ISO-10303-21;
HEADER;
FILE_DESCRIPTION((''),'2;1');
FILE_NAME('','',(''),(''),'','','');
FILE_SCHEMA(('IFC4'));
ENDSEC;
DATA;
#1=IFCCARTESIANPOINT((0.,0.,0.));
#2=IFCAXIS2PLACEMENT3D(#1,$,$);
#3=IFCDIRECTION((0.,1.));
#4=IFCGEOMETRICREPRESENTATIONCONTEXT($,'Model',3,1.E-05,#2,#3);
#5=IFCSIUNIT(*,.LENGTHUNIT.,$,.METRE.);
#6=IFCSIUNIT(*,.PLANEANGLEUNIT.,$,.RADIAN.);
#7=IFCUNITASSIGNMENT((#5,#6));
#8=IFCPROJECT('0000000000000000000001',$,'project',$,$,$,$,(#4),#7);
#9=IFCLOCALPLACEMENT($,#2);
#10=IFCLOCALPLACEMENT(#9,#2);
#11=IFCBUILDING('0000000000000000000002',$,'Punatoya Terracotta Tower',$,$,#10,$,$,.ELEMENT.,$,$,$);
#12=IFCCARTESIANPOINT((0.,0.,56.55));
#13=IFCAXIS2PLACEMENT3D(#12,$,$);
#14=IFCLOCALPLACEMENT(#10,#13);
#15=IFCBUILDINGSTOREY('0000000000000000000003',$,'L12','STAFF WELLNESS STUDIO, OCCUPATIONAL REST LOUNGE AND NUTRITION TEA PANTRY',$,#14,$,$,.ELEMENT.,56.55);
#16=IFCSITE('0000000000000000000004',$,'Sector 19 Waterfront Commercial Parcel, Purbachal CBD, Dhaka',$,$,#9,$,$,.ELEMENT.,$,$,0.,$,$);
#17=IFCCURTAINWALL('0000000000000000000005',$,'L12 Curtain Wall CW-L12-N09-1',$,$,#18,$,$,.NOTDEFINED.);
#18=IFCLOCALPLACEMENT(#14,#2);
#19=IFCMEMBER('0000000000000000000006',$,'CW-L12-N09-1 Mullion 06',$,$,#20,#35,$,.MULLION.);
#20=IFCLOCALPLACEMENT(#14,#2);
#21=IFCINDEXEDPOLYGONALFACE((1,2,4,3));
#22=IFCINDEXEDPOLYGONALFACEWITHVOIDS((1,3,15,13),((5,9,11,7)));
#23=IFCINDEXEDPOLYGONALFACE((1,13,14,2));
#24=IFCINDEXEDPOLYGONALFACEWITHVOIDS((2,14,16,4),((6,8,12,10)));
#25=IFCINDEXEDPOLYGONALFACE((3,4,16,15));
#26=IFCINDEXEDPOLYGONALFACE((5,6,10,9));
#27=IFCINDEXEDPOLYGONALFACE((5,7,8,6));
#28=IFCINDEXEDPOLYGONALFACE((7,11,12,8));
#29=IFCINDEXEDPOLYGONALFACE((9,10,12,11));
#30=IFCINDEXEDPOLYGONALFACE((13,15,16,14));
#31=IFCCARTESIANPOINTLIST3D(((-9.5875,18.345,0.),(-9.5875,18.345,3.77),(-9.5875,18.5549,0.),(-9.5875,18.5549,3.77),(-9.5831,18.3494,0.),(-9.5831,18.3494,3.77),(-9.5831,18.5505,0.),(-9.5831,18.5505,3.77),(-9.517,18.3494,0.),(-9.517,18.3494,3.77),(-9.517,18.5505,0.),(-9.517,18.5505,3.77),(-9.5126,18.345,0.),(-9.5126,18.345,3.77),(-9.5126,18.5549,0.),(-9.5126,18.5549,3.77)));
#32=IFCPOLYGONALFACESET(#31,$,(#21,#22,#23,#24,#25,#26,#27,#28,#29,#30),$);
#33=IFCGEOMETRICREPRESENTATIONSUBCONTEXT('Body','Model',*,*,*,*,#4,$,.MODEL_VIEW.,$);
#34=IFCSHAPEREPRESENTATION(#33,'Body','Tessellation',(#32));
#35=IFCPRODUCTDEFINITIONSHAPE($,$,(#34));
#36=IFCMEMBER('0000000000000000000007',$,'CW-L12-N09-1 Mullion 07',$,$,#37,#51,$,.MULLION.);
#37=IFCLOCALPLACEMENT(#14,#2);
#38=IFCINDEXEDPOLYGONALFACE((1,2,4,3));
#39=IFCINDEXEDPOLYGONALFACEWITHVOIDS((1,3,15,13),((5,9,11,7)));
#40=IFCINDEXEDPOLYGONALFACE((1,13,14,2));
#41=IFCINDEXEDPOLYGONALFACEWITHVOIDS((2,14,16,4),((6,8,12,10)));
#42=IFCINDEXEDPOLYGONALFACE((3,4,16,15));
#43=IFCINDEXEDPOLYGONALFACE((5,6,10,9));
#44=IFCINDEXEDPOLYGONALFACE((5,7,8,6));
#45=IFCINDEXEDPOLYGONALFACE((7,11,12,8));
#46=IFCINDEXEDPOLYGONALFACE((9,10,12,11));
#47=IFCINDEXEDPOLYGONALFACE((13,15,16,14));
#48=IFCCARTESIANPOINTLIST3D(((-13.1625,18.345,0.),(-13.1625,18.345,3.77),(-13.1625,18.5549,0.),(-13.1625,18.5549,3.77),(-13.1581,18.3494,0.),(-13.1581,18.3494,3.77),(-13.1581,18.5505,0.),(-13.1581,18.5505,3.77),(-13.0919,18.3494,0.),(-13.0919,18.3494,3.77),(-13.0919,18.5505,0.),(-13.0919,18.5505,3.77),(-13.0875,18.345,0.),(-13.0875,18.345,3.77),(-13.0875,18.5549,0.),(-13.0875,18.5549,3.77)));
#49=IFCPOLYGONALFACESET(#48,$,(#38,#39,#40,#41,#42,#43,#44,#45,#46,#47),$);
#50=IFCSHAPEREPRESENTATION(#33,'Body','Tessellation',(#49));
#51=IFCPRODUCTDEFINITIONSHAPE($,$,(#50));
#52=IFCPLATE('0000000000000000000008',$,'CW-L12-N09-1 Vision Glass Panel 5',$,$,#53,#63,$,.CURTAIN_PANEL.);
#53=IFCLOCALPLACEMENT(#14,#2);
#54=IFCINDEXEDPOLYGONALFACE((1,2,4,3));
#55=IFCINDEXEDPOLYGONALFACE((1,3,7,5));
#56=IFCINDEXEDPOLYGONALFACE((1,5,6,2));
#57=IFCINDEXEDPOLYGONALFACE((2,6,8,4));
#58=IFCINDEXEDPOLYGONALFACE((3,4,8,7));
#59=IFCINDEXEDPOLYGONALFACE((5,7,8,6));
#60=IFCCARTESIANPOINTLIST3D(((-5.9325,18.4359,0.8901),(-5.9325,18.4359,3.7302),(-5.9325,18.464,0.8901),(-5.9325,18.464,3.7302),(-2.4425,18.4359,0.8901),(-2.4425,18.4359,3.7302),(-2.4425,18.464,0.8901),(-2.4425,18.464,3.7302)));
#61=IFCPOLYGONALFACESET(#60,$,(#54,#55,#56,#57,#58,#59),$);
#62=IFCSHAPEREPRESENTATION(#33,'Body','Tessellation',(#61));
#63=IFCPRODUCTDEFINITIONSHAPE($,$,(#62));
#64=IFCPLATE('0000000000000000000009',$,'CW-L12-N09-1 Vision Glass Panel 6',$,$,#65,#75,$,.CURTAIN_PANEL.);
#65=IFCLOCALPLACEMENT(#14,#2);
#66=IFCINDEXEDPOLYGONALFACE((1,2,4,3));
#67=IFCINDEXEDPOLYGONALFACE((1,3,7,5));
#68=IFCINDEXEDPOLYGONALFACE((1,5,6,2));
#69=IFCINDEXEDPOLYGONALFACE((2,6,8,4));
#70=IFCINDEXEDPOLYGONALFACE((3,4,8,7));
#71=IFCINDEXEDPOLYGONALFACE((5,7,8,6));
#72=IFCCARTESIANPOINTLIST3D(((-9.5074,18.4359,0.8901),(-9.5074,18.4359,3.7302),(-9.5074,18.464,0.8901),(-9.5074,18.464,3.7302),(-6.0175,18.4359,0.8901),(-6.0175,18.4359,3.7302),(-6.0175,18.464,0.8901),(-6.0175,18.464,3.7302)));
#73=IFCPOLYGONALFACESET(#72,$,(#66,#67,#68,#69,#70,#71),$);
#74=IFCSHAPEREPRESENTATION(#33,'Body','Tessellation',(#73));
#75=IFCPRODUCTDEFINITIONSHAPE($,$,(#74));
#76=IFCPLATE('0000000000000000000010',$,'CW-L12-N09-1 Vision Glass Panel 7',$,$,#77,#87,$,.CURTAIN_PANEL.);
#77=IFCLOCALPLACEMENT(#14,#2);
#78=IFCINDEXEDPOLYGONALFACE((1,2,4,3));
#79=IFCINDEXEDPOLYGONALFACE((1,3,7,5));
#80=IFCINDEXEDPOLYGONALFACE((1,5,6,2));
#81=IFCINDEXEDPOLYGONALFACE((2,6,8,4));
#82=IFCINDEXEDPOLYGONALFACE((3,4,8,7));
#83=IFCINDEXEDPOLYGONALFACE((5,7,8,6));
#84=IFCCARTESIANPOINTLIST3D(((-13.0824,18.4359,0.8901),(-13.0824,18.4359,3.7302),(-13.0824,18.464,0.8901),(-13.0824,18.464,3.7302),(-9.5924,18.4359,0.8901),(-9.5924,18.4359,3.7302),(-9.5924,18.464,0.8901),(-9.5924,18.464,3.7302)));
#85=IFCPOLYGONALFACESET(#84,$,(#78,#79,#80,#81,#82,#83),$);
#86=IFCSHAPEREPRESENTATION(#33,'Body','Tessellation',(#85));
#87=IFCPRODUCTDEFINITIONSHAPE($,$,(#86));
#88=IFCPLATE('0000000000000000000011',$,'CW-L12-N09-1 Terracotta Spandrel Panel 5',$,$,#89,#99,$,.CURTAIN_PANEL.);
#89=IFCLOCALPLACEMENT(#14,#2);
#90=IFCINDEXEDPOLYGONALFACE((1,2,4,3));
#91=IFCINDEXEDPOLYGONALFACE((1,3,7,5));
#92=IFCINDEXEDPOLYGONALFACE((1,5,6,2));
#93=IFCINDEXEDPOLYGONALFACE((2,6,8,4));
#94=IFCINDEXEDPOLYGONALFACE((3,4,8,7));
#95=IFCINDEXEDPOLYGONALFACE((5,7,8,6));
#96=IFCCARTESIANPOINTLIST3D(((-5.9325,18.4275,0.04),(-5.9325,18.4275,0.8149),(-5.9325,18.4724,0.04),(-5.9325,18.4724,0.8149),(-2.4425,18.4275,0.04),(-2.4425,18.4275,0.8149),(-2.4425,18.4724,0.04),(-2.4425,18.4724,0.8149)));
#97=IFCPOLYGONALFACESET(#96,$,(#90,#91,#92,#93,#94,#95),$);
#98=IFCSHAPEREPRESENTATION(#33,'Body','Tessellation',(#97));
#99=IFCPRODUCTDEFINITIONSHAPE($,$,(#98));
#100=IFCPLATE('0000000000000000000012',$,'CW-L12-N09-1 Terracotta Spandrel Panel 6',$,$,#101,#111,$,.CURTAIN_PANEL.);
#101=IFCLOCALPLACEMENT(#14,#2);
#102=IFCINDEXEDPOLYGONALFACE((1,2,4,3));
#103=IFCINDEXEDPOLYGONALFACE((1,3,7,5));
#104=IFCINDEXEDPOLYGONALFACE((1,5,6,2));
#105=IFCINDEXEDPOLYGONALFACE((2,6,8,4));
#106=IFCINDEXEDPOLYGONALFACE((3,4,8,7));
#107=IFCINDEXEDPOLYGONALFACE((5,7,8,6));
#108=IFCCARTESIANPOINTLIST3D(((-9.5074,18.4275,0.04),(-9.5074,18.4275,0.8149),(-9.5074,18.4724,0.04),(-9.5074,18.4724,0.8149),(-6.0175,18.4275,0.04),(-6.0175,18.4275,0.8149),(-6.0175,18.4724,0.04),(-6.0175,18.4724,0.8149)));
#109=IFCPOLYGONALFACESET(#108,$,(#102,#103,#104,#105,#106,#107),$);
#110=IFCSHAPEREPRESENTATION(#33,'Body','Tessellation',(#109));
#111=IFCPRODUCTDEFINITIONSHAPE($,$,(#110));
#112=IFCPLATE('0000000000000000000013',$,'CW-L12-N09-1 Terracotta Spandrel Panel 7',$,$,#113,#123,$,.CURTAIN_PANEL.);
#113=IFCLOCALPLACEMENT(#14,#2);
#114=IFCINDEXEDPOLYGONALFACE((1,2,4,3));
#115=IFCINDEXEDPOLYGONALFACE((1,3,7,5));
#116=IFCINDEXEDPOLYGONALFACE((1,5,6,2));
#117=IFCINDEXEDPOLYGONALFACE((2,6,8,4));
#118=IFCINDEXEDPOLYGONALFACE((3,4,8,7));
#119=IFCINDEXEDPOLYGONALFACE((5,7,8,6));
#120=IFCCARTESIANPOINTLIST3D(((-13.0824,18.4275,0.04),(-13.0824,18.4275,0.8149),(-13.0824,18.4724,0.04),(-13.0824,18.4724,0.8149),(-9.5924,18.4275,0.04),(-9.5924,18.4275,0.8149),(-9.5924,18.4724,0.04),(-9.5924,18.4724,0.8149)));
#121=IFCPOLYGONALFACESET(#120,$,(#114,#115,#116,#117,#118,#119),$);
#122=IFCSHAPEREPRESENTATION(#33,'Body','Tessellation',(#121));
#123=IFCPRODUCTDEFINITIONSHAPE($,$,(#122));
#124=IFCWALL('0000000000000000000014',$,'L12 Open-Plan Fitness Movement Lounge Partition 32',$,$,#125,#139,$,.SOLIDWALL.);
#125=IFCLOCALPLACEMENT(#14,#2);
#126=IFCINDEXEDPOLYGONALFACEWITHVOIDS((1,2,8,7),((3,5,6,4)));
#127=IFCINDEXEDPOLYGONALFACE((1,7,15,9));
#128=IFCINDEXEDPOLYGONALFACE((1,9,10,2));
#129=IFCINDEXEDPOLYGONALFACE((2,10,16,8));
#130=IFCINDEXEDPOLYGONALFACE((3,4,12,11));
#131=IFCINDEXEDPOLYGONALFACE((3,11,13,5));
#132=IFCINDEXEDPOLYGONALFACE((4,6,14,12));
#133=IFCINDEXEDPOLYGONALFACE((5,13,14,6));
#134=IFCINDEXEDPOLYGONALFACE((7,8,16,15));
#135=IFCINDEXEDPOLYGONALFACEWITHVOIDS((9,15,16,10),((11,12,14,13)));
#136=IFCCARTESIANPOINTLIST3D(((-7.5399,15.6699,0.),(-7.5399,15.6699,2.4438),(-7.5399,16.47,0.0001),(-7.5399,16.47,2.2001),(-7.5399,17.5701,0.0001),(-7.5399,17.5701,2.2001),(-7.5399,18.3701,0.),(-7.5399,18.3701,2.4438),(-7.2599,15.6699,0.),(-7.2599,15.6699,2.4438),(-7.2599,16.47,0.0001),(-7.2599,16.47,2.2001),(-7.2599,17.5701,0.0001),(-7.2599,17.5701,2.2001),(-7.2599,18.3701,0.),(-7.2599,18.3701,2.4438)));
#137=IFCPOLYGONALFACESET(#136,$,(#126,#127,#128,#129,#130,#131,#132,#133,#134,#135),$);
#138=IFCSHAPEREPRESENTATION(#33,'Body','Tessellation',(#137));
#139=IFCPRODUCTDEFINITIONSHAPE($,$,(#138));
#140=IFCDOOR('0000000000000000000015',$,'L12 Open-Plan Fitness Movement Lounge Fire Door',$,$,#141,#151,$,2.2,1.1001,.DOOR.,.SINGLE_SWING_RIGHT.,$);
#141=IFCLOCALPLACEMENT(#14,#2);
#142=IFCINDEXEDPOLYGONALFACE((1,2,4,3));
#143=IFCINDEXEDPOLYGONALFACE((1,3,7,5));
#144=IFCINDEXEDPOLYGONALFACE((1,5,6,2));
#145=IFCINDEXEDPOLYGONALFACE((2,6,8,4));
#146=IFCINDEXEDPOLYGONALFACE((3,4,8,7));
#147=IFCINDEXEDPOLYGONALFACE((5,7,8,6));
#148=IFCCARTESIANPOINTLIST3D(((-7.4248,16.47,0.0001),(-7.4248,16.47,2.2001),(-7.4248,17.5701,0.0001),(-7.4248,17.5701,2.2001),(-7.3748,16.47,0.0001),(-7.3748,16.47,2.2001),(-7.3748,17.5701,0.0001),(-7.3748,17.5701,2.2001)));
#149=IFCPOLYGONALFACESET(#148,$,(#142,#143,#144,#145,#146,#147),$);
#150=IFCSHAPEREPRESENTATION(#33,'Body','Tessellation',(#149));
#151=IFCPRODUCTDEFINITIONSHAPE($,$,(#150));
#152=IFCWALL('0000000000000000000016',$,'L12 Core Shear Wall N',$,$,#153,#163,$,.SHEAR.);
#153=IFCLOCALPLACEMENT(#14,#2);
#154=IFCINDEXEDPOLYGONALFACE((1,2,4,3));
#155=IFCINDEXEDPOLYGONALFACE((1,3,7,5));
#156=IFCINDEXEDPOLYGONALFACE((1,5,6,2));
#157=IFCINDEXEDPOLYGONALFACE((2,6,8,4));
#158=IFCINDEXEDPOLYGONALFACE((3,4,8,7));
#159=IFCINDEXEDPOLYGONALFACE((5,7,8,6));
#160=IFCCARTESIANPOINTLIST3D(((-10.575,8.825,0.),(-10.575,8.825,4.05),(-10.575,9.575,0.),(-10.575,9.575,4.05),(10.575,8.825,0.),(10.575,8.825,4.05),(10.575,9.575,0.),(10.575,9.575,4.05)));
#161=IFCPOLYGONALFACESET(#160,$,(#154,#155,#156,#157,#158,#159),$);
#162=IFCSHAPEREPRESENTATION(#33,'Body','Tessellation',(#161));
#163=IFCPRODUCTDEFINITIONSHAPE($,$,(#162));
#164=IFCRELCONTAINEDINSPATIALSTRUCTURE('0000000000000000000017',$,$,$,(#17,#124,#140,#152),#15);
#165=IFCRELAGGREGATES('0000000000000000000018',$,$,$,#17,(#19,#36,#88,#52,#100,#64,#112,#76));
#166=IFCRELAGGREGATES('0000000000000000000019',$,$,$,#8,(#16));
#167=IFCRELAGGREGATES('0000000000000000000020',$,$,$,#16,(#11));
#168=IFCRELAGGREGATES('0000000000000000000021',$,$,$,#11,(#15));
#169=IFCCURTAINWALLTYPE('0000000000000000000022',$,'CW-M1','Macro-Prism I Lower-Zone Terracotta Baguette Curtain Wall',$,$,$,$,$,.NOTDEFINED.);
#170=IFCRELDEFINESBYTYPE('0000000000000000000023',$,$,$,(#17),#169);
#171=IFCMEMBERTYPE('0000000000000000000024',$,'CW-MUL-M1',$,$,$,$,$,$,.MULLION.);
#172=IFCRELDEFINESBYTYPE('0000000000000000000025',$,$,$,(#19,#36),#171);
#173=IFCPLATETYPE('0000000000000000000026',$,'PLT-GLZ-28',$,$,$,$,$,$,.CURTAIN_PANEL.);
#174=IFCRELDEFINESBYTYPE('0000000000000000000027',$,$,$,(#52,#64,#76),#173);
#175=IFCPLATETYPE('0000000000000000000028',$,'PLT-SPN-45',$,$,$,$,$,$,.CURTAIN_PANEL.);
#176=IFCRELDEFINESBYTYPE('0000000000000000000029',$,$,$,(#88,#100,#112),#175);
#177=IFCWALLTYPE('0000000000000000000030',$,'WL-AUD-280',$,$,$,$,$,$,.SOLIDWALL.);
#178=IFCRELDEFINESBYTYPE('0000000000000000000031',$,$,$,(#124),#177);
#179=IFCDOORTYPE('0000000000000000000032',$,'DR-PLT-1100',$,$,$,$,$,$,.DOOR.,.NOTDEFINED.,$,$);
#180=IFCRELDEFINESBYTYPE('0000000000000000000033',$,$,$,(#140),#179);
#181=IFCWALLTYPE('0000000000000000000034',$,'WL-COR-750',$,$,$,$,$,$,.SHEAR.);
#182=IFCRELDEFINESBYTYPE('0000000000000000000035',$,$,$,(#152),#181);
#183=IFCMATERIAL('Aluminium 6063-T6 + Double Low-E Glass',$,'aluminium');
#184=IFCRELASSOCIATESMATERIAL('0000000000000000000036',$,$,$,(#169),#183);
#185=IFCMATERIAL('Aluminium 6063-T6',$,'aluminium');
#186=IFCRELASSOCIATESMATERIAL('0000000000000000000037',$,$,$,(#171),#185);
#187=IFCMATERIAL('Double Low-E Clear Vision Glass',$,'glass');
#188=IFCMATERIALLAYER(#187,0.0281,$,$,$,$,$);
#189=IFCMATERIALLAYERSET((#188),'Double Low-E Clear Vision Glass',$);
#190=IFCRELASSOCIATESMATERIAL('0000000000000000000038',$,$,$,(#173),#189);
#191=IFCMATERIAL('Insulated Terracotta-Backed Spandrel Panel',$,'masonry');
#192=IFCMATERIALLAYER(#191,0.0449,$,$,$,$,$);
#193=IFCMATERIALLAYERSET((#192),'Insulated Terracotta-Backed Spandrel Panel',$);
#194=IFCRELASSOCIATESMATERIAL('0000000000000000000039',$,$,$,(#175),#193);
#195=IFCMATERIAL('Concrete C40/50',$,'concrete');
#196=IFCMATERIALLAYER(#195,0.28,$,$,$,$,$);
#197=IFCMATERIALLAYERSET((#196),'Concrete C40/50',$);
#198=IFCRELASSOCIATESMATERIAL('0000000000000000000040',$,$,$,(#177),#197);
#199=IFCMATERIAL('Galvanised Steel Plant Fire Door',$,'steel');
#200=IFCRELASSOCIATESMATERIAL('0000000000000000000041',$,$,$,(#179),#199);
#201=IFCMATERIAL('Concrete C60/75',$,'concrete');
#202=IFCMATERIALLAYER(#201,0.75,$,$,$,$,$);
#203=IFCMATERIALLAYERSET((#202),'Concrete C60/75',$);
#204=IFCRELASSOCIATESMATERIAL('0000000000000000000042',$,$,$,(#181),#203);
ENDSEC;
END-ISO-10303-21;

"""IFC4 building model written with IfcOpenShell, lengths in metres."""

from ifc_helpers import new_model, si_unit, direction, frame, frame_2d, origin, origin_2d, place, context, subcontext, project, spatial, rectangle, hollow_rectangle, extrude, material, layer, layer_set, material_profile, profile_set, type_object, element, fill, aggregate, save


model = new_model("IFC4")

# Units and contexts
model_context = context("Model", 3, precision=1e-05, world=origin(), true_north=direction((0.0, 1.0)))
body_context = subcontext(model_context, "Body", "Model", "MODEL_VIEW")
ifc_project = project(units=[si_unit("LENGTHUNIT", "METRE"), si_unit("PLANEANGLEUNIT", "RADIAN")], contexts=[model_context])

# Site, building, storey
site_placement = place(None, origin())
site = spatial("IfcSite", under=ifc_project, at=site_placement, Name="Sector 19 Waterfront Commercial Parcel, Purbachal CBD, Dhaka", CompositionType="ELEMENT", RefElevation=0.0)
building_placement = place(site_placement, origin())
building = spatial("IfcBuilding", under=site, at=building_placement, Name="Punatoya Terracotta Tower", CompositionType="ELEMENT")
storey_placement = place(building_placement, frame((0.0, 0.0, 56.55)))
storey = spatial("IfcBuildingStorey", under=building, at=storey_placement, Name="L12", Description="STAFF WELLNESS STUDIO, OCCUPATIONAL REST LOUNGE AND NUTRITION TEA PANTRY", CompositionType="ELEMENT", Elevation=56.55)

# Curtain wall, members, plates
ifc_material_1 = material(Name="Aluminium 6063-T6 + Double Low-E Glass", Category="aluminium")
curtain_wall_type = type_object("IfcCurtainWallType", Name="CW-M1", Description="Macro-Prism I Lower-Zone Terracotta Baguette Curtain Wall", PredefinedType="NOTDEFINED", material=ifc_material_1)
curtain_wall_placement = place(storey_placement, origin())
curtain_wall = element("IfcCurtainWall", 1, at=curtain_wall_placement, inside=storey, type_object=curtain_wall_type, Name="L12 Curtain Wall CW-L12-N09-1", PredefinedType="NOTDEFINED")
ifc_material_2 = material(Name="Aluminium 6063-T6", Category="aluminium")
ifc_material_profile_1 = material_profile(ifc_material_2, hollow_rectangle(XDim=0.075, YDim=0.21, WallThickness=0.0044, at=origin_2d()))
ifc_profile_set_1 = profile_set([ifc_material_profile_1], Name="Aluminium 6063-T6")
member_type = type_object("IfcMemberType", Name="CW-MUL-M1", PredefinedType="MULLION", material=ifc_profile_set_1)
member_1_placement = place(storey_placement, frame((-9.55, 18.45, 0.0), z_axis=(0.0, 0.0, 1.0), x_axis=(1.0, 0.0, 0.0)))
member_1 = element("IfcMember", 2, at=member_1_placement, type_object=member_type, Name="CW-L12-N09-1 Mullion 06", PredefinedType="MULLION", context=body_context, shape_type="SweptSolid", body=[
    extrude(hollow_rectangle(XDim=0.075, YDim=0.21, WallThickness=0.0044, at=origin_2d()), origin(), (0.0, 0.0, 1.0), 3.77),
])
member_2_placement = place(storey_placement, frame((-13.125, 18.45, 0.0), z_axis=(0.0, 0.0, 1.0), x_axis=(1.0, 0.0, 0.0)))
member_2 = element("IfcMember", 3, at=member_2_placement, type_object=member_type, Name="CW-L12-N09-1 Mullion 07", PredefinedType="MULLION", context=body_context, shape_type="SweptSolid", body=[
    extrude(hollow_rectangle(XDim=0.075, YDim=0.21, WallThickness=0.0044, at=origin_2d()), origin(), (0.0, 0.0, 1.0), 3.77),
])
ifc_material_3 = material(Name="Double Low-E Clear Vision Glass", Category="glass")
ifc_layer_1 = layer(ifc_material_3, 0.0281)
ifc_layer_set_1 = layer_set([ifc_layer_1], Name="Double Low-E Clear Vision Glass")
plate_type_1 = type_object("IfcPlateType", Name="PLT-GLZ-28", PredefinedType="CURTAIN_PANEL", material=ifc_layer_set_1)
plate_1_placement = place(storey_placement, frame((-4.1875, 18.45, 0.8901), z_axis=(0.0, 0.0, 1.0), x_axis=(-1.0, 0.0, 0.0)))
plate_1 = element("IfcPlate", 4, at=plate_1_placement, type_object=plate_type_1, Name="CW-L12-N09-1 Vision Glass Panel 5", PredefinedType="CURTAIN_PANEL", context=body_context, shape_type="SweptSolid", body=[
    extrude(rectangle(XDim=3.49, YDim=0.0281, at=origin_2d()), origin(), (0.0, 0.0, 1.0), 2.8401),
])
plate_2_placement = place(storey_placement, frame((-7.7625, 18.45, 0.8901), z_axis=(0.0, 0.0, 1.0), x_axis=(-1.0, 0.0, 0.0)))
plate_2 = element("IfcPlate", 5, at=plate_2_placement, type_object=plate_type_1, Name="CW-L12-N09-1 Vision Glass Panel 6", PredefinedType="CURTAIN_PANEL", context=body_context, shape_type="SweptSolid", body=[
    extrude(rectangle(XDim=3.49, YDim=0.0281, at=origin_2d()), origin(), (0.0, 0.0, 1.0), 2.8401),
])
plate_3_placement = place(storey_placement, frame((-11.3374, 18.45, 0.8901), z_axis=(0.0, 0.0, 1.0), x_axis=(-1.0, 0.0, 0.0)))
plate_3 = element("IfcPlate", 6, at=plate_3_placement, type_object=plate_type_1, Name="CW-L12-N09-1 Vision Glass Panel 7", PredefinedType="CURTAIN_PANEL", context=body_context, shape_type="SweptSolid", body=[
    extrude(rectangle(XDim=3.49, YDim=0.0281, at=origin_2d()), origin(), (0.0, 0.0, 1.0), 2.8401),
])
ifc_material_4 = material(Name="Insulated Terracotta-Backed Spandrel Panel", Category="masonry")
ifc_layer_2 = layer(ifc_material_4, 0.0449)
ifc_layer_set_2 = layer_set([ifc_layer_2], Name="Insulated Terracotta-Backed Spandrel Panel")
plate_type_2 = type_object("IfcPlateType", Name="PLT-SPN-45", PredefinedType="CURTAIN_PANEL", material=ifc_layer_set_2)
plate_4_placement = place(storey_placement, frame((-4.1875, 18.45, 0.04), z_axis=(0.0, 0.0, 1.0), x_axis=(-1.0, 0.0, 0.0)))
plate_4 = element("IfcPlate", 7, at=plate_4_placement, type_object=plate_type_2, Name="CW-L12-N09-1 Terracotta Spandrel Panel 5", PredefinedType="CURTAIN_PANEL", context=body_context, shape_type="SweptSolid", body=[
    extrude(rectangle(XDim=3.49, YDim=0.0449, at=origin_2d()), origin(), (0.0, 0.0, 1.0), 0.7749),
])
plate_5_placement = place(storey_placement, frame((-7.7625, 18.45, 0.04), z_axis=(0.0, 0.0, 1.0), x_axis=(-1.0, 0.0, 0.0)))
plate_5 = element("IfcPlate", 8, at=plate_5_placement, type_object=plate_type_2, Name="CW-L12-N09-1 Terracotta Spandrel Panel 6", PredefinedType="CURTAIN_PANEL", context=body_context, shape_type="SweptSolid", body=[
    extrude(rectangle(XDim=3.49, YDim=0.0449, at=origin_2d()), origin(), (0.0, 0.0, 1.0), 0.7749),
])
plate_6_placement = place(storey_placement, frame((-11.3374, 18.45, 0.04), z_axis=(0.0, 0.0, 1.0), x_axis=(-1.0, 0.0, 0.0)))
plate_6 = element("IfcPlate", 9, at=plate_6_placement, type_object=plate_type_2, Name="CW-L12-N09-1 Terracotta Spandrel Panel 7", PredefinedType="CURTAIN_PANEL", context=body_context, shape_type="SweptSolid", body=[
    extrude(rectangle(XDim=3.49, YDim=0.0449, at=origin_2d()), origin(), (0.0, 0.0, 1.0), 0.7749),
])
aggregate(curtain_wall, [member_1, member_2, plate_4, plate_1, plate_5, plate_2, plate_6, plate_3])

# Wall, opening, door
ifc_material_5 = material(Name="Concrete C40/50", Category="concrete")
ifc_layer_3 = layer(ifc_material_5, 0.28)
ifc_layer_set_3 = layer_set([ifc_layer_3], Name="Concrete C40/50")
wall_type_1 = type_object("IfcWallType", Name="WL-AUD-280", PredefinedType="SOLIDWALL", material=ifc_layer_set_3)
wall_1_placement = place(storey_placement, frame((-7.3999, 15.6699, 0.0), z_axis=(0.0, 0.0, 1.0), x_axis=(0.0, 1.0, 0.0)))
wall_1 = element("IfcWall", 10, at=wall_1_placement, inside=storey, type_object=wall_type_1, Name="L12 Open-Plan Fitness Movement Lounge Partition 32", PredefinedType="SOLIDWALL", context=body_context, shape_type="SweptSolid", body=[
    extrude(rectangle(XDim=2.7002, YDim=0.28, at=frame_2d((1.3501, 0.0))), origin(), (0.0, 0.0, 1.0), 2.4438),
])
opening_1_placement = place(wall_1_placement, frame((0.8, 0.0, 0.0)))
opening_1 = element("IfcOpeningElement", 11, at=opening_1_placement, cuts=wall_1, PredefinedType="OPENING", context=body_context, shape_type="SweptSolid", body=[
    extrude(rectangle(XDim=1.1001, YDim=2.2, at=frame_2d((0.55, 1.1001))), frame((0.0, 0.1499, 0.0), z_axis=(0.0, -1.0, 0.0), x_axis=(1.0, 0.0, 0.0)), (0.0, 0.0, 1.0), 0.3),
])
ifc_material_6 = material(Name="Galvanised Steel Plant Fire Door", Category="steel")
door_type_1 = type_object("IfcDoorType", Name="DR-PLT-1100", OperationType="NOTDEFINED", PredefinedType="DOOR", material=ifc_material_6)
door_1_placement = place(opening_1_placement, origin())
door_1 = element("IfcDoor", 12, at=door_1_placement, inside=storey, type_object=door_type_1, Name="L12 Open-Plan Fitness Movement Lounge Fire Door", OperationType="SINGLE_SWING_RIGHT", OverallHeight=2.2, OverallWidth=1.1001, PredefinedType="DOOR", context=body_context, shape_type="SweptSolid", body=[
    extrude(rectangle(XDim=1.1001, YDim=2.2, at=frame_2d((0.55, 1.1001))), frame((0.0, 0.0249, 0.0), z_axis=(0.0, -1.0, 0.0), x_axis=(1.0, 0.0, 0.0)), (0.0, 0.0, 1.0), 0.05),
])
fill(opening_1, door_1)

# Wall
ifc_material_7 = material(Name="Concrete C60/75", Category="concrete")
ifc_layer_4 = layer(ifc_material_7, 0.75)
ifc_layer_set_4 = layer_set([ifc_layer_4], Name="Concrete C60/75")
wall_type_2 = type_object("IfcWallType", Name="WL-COR-750", PredefinedType="SHEAR", material=ifc_layer_set_4)
wall_2_placement = place(storey_placement, frame((-10.575, 9.2, 0.0), z_axis=(0.0, 0.0, 1.0), x_axis=(1.0, 0.0, 0.0)))
element("IfcWall", 13, at=wall_2_placement, inside=storey, type_object=wall_type_2, Name="L12 Core Shear Wall N", PredefinedType="SHEAR", context=body_context, shape_type="SweptSolid", body=[
    extrude(rectangle(XDim=21.1499, YDim=0.75, at=frame_2d((10.575, 0.0))), origin(), (0.0, 0.0, 1.0), 4.05),
])

save(model, "model.ifc")
